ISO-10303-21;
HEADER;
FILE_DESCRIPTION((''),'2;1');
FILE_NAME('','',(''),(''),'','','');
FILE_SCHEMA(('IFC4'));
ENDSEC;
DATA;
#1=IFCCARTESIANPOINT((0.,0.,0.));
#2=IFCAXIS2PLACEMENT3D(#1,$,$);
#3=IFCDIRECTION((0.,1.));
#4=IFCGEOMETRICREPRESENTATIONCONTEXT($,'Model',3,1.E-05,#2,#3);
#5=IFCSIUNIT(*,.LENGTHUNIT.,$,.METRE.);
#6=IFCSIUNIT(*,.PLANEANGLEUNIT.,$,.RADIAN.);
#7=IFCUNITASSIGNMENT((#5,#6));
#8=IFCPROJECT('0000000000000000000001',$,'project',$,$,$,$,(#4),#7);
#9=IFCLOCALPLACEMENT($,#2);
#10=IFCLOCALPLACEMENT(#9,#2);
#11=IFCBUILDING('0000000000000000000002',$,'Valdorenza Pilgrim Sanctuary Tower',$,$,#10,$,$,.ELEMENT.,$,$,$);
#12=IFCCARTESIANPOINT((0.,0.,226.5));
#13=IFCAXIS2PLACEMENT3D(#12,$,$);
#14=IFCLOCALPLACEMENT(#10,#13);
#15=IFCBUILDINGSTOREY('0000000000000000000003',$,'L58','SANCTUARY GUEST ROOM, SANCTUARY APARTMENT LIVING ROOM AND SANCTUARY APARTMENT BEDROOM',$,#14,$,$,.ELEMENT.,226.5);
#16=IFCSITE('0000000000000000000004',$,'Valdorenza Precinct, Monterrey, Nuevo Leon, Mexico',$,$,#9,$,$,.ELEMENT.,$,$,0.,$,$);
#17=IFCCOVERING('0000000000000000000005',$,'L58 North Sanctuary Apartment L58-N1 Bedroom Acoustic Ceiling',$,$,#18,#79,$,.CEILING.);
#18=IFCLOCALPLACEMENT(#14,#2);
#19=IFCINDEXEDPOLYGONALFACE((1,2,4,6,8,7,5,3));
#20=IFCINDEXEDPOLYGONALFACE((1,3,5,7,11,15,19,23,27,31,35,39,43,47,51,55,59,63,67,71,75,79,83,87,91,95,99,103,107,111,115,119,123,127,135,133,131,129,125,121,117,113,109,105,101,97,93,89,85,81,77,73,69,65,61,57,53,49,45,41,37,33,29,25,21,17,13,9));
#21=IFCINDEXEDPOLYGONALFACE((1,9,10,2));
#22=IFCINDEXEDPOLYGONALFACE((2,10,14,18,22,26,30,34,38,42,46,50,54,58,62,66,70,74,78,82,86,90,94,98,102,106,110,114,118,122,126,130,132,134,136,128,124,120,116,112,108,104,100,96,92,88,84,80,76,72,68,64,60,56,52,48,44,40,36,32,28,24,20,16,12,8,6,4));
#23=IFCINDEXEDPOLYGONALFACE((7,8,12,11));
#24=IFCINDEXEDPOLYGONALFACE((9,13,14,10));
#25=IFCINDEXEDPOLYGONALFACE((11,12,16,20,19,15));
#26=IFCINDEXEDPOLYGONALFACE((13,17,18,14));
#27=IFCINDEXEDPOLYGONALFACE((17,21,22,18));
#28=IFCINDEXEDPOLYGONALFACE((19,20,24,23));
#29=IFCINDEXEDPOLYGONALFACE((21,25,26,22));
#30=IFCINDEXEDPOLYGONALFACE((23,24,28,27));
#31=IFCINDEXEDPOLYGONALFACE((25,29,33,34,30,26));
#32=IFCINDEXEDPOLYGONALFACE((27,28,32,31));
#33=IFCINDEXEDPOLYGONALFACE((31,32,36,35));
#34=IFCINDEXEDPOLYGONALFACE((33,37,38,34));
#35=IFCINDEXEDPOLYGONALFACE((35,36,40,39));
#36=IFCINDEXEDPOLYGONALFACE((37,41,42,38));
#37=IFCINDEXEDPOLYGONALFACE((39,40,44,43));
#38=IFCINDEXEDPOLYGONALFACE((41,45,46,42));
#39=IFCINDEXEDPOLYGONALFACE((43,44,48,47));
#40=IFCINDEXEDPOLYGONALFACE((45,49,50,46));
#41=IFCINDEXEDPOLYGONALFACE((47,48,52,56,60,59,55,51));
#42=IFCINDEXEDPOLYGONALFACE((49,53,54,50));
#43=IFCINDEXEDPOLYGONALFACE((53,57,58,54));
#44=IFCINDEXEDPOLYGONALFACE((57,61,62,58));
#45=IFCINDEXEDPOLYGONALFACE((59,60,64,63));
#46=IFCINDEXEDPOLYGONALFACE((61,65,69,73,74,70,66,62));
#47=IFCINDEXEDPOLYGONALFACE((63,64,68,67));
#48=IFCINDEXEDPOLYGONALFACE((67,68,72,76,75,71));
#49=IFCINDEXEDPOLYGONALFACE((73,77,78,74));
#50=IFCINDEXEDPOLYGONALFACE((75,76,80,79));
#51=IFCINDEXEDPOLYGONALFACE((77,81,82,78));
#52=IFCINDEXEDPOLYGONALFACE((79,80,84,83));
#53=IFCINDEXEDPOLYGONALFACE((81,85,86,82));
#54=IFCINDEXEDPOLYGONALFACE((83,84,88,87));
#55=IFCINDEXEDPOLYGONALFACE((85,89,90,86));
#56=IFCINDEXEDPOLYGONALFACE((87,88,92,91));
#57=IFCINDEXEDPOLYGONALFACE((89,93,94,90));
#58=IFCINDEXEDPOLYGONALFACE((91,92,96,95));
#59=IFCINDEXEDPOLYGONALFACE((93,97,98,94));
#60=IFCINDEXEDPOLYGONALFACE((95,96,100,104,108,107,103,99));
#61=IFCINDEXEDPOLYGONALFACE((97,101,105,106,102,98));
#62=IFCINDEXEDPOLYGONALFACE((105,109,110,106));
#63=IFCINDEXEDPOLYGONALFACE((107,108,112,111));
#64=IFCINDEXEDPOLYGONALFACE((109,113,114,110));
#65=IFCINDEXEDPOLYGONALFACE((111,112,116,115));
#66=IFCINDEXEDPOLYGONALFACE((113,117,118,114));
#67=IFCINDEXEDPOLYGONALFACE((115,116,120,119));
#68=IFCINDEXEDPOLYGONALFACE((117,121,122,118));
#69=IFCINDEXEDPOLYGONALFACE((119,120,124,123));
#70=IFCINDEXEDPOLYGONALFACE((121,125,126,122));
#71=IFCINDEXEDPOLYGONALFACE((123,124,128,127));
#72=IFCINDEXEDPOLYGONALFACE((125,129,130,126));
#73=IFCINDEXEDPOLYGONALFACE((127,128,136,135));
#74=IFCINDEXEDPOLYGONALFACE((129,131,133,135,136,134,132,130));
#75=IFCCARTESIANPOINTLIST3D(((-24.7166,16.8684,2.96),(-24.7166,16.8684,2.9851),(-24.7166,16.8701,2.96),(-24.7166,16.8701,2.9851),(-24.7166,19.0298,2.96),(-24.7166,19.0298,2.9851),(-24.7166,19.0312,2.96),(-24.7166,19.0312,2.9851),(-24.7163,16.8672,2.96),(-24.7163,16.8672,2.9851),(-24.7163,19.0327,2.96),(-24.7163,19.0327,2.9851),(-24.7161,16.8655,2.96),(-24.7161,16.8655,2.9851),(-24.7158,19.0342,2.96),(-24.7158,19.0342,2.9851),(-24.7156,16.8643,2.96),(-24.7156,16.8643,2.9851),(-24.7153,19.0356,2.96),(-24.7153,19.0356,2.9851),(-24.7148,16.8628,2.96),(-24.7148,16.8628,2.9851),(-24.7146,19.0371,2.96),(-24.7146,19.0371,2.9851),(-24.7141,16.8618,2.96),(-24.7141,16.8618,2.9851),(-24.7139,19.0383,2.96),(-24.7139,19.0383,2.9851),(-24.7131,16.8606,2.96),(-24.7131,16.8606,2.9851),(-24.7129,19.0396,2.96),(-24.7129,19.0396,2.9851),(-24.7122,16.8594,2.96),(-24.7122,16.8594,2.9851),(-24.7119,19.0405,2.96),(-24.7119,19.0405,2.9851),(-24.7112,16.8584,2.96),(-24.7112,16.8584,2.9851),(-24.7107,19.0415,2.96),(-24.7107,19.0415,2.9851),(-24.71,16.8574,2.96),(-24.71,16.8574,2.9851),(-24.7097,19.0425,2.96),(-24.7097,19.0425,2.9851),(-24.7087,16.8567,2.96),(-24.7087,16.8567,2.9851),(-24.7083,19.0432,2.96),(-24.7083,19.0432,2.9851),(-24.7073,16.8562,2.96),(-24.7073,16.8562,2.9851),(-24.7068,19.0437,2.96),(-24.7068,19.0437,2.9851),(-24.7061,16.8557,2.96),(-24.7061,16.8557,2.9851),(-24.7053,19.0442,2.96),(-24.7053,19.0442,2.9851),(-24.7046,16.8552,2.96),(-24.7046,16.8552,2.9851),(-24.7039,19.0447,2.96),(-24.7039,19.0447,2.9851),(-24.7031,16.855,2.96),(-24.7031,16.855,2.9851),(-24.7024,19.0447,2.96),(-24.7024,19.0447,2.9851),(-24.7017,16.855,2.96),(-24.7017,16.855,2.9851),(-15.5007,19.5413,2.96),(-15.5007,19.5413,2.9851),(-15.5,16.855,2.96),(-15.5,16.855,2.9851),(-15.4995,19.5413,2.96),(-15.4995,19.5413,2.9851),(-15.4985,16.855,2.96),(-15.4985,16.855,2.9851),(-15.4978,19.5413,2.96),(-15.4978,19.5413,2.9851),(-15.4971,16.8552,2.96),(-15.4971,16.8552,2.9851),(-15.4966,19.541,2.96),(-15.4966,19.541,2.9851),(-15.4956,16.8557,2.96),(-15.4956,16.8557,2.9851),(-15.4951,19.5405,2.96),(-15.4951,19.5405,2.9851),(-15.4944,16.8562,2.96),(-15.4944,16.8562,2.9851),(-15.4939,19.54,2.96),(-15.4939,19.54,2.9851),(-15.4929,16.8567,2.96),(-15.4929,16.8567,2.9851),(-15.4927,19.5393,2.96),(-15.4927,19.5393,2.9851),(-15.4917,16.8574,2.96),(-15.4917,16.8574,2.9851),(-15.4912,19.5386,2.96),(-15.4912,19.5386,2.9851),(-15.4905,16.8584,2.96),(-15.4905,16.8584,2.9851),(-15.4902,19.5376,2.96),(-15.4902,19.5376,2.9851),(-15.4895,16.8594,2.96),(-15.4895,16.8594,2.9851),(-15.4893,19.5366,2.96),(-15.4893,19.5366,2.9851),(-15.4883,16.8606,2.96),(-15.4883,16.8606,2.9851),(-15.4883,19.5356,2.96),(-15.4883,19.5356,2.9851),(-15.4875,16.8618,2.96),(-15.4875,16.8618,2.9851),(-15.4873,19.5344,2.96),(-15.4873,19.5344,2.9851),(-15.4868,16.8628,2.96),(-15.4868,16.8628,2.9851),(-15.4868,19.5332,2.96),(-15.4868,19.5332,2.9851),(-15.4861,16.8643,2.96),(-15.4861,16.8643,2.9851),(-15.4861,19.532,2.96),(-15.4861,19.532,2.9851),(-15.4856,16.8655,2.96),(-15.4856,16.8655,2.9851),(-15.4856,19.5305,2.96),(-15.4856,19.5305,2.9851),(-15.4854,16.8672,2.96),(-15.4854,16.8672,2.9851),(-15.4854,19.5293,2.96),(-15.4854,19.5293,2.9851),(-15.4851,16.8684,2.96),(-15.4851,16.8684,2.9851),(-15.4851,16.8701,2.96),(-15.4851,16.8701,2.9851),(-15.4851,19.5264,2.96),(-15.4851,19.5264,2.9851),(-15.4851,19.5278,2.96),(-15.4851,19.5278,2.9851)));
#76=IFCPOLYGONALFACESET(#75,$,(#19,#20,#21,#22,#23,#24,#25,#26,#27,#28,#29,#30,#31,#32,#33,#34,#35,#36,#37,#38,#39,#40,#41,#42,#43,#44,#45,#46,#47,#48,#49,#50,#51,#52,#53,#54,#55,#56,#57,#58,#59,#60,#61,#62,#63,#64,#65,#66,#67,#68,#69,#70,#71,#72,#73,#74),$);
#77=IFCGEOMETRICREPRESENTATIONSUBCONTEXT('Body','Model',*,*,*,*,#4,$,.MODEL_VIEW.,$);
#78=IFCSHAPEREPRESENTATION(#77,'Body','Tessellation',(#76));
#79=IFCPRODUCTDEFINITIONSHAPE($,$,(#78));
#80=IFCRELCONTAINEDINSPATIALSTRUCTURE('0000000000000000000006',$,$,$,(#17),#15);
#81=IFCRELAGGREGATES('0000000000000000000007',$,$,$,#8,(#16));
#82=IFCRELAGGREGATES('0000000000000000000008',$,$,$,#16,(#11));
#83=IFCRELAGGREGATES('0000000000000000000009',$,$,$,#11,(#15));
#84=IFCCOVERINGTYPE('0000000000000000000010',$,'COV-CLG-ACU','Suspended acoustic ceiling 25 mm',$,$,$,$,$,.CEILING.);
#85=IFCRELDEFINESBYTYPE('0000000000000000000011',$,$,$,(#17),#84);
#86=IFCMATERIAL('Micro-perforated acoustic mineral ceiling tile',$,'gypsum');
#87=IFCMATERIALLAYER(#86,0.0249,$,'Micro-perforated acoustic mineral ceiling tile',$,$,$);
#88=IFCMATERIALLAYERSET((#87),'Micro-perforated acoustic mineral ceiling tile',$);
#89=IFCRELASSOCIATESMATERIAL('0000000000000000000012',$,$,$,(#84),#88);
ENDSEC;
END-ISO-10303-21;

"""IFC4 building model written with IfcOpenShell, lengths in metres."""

from ifc_helpers import new_model, si_unit, direction, frame, origin, place, context, subcontext, project, spatial, polyline, outline, extrude, material, layer, layer_set, type_object, element, save


model = new_model("IFC4")

# Units and contexts
model_context = context("Model", 3, precision=1e-05, world=origin(), true_north=direction((0.0, 1.0)))
body_context = subcontext(model_context, "Body", "Model", "MODEL_VIEW")
ifc_project = project(units=[si_unit("LENGTHUNIT", "METRE"), si_unit("PLANEANGLEUNIT", "RADIAN")], contexts=[model_context])

# Site, building, storey
site_placement = place(None, origin())
site = spatial("IfcSite", under=ifc_project, at=site_placement, Name="Valdorenza Precinct, Monterrey, Nuevo Leon, Mexico", CompositionType="ELEMENT", RefElevation=0.0)
building_placement = place(site_placement, origin())
building = spatial("IfcBuilding", under=site, at=building_placement, Name="Valdorenza Pilgrim Sanctuary Tower", CompositionType="ELEMENT")
storey_placement = place(building_placement, frame((0.0, 0.0, 226.5)))
storey = spatial("IfcBuildingStorey", under=building, at=storey_placement, Name="L58", Description="SANCTUARY GUEST ROOM, SANCTUARY APARTMENT LIVING ROOM AND SANCTUARY APARTMENT BEDROOM", CompositionType="ELEMENT", Elevation=226.5)

# Covering
ifc_material_1 = material(Name="Micro-perforated acoustic mineral ceiling tile", Category="gypsum")
ifc_layer_1 = layer(ifc_material_1, 0.0249, Name="Micro-perforated acoustic mineral ceiling tile")
ifc_layer_set_1 = layer_set([ifc_layer_1], Name="Micro-perforated acoustic mineral ceiling tile")
covering_type_1 = type_object("IfcCoveringType", Name="COV-CLG-ACU", Description="Suspended acoustic ceiling 25 mm", PredefinedType="CEILING", material=ifc_layer_set_1)
covering_1_placement = place(storey_placement, frame((0.0, 0.0, 2.96)))
element("IfcCovering", 1, at=covering_1_placement, inside=storey, type_object=covering_type_1, Name="L58 North Sanctuary Apartment L58-N1 Bedroom Acoustic Ceiling", PredefinedType="CEILING", context=body_context, shape_type="SweptSolid", body=[
    extrude(outline(polyline([(-24.7017, 16.855), (-24.7031, 16.855), (-24.7046, 16.8552), (-24.7061, 16.8557), (-24.7073, 16.8562), (-24.7087, 16.8567), (-24.71, 16.8574), (-24.7112, 16.8584), (-24.7122, 16.8594), (-24.7131, 16.8606), (-24.7141, 16.8618), (-24.7148, 16.8628), (-24.7156, 16.8643), (-24.7161, 16.8655), (-24.7163, 16.8672), (-24.7166, 16.8684), (-24.7166, 16.8701), (-24.7166, 19.0298), (-24.7166, 19.0312), (-24.7163, 19.0327), (-24.7158, 19.0342), (-24.7153, 19.0356), (-24.7146, 19.0371), (-24.7139, 19.0383), (-24.7129, 19.0396), (-24.7119, 19.0405), (-24.7107, 19.0415), (-24.7097, 19.0425), (-24.7083, 19.0432), (-24.7068, 19.0437), (-24.7053, 19.0442), (-24.7039, 19.0447), (-24.7024, 19.0447), (-15.5007, 19.5413), (-15.4995, 19.5413), (-15.4978, 19.5413), (-15.4966, 19.541), (-15.4951, 19.5405), (-15.4939, 19.54), (-15.4927, 19.5393), (-15.4912, 19.5386), (-15.4902, 19.5376), (-15.4893, 19.5366), (-15.4883, 19.5356), (-15.4873, 19.5344), (-15.4868, 19.5332), (-15.4861, 19.532), (-15.4856, 19.5305), (-15.4854, 19.5293), (-15.4851, 19.5278), (-15.4851, 19.5264), (-15.4851, 16.8701), (-15.4851, 16.8684), (-15.4854, 16.8672), (-15.4856, 16.8655), (-15.4861, 16.8643), (-15.4868, 16.8628), (-15.4875, 16.8618), (-15.4883, 16.8606), (-15.4895, 16.8594), (-15.4905, 16.8584), (-15.4917, 16.8574), (-15.4929, 16.8567), (-15.4944, 16.8562), (-15.4956, 16.8557), (-15.4971, 16.8552), (-15.4985, 16.855), (-15.5, 16.855), (-24.7017, 16.855)])), origin(), (0.0, 0.0, 1.0), 0.0251),
])

save(model, "model.ifc")
